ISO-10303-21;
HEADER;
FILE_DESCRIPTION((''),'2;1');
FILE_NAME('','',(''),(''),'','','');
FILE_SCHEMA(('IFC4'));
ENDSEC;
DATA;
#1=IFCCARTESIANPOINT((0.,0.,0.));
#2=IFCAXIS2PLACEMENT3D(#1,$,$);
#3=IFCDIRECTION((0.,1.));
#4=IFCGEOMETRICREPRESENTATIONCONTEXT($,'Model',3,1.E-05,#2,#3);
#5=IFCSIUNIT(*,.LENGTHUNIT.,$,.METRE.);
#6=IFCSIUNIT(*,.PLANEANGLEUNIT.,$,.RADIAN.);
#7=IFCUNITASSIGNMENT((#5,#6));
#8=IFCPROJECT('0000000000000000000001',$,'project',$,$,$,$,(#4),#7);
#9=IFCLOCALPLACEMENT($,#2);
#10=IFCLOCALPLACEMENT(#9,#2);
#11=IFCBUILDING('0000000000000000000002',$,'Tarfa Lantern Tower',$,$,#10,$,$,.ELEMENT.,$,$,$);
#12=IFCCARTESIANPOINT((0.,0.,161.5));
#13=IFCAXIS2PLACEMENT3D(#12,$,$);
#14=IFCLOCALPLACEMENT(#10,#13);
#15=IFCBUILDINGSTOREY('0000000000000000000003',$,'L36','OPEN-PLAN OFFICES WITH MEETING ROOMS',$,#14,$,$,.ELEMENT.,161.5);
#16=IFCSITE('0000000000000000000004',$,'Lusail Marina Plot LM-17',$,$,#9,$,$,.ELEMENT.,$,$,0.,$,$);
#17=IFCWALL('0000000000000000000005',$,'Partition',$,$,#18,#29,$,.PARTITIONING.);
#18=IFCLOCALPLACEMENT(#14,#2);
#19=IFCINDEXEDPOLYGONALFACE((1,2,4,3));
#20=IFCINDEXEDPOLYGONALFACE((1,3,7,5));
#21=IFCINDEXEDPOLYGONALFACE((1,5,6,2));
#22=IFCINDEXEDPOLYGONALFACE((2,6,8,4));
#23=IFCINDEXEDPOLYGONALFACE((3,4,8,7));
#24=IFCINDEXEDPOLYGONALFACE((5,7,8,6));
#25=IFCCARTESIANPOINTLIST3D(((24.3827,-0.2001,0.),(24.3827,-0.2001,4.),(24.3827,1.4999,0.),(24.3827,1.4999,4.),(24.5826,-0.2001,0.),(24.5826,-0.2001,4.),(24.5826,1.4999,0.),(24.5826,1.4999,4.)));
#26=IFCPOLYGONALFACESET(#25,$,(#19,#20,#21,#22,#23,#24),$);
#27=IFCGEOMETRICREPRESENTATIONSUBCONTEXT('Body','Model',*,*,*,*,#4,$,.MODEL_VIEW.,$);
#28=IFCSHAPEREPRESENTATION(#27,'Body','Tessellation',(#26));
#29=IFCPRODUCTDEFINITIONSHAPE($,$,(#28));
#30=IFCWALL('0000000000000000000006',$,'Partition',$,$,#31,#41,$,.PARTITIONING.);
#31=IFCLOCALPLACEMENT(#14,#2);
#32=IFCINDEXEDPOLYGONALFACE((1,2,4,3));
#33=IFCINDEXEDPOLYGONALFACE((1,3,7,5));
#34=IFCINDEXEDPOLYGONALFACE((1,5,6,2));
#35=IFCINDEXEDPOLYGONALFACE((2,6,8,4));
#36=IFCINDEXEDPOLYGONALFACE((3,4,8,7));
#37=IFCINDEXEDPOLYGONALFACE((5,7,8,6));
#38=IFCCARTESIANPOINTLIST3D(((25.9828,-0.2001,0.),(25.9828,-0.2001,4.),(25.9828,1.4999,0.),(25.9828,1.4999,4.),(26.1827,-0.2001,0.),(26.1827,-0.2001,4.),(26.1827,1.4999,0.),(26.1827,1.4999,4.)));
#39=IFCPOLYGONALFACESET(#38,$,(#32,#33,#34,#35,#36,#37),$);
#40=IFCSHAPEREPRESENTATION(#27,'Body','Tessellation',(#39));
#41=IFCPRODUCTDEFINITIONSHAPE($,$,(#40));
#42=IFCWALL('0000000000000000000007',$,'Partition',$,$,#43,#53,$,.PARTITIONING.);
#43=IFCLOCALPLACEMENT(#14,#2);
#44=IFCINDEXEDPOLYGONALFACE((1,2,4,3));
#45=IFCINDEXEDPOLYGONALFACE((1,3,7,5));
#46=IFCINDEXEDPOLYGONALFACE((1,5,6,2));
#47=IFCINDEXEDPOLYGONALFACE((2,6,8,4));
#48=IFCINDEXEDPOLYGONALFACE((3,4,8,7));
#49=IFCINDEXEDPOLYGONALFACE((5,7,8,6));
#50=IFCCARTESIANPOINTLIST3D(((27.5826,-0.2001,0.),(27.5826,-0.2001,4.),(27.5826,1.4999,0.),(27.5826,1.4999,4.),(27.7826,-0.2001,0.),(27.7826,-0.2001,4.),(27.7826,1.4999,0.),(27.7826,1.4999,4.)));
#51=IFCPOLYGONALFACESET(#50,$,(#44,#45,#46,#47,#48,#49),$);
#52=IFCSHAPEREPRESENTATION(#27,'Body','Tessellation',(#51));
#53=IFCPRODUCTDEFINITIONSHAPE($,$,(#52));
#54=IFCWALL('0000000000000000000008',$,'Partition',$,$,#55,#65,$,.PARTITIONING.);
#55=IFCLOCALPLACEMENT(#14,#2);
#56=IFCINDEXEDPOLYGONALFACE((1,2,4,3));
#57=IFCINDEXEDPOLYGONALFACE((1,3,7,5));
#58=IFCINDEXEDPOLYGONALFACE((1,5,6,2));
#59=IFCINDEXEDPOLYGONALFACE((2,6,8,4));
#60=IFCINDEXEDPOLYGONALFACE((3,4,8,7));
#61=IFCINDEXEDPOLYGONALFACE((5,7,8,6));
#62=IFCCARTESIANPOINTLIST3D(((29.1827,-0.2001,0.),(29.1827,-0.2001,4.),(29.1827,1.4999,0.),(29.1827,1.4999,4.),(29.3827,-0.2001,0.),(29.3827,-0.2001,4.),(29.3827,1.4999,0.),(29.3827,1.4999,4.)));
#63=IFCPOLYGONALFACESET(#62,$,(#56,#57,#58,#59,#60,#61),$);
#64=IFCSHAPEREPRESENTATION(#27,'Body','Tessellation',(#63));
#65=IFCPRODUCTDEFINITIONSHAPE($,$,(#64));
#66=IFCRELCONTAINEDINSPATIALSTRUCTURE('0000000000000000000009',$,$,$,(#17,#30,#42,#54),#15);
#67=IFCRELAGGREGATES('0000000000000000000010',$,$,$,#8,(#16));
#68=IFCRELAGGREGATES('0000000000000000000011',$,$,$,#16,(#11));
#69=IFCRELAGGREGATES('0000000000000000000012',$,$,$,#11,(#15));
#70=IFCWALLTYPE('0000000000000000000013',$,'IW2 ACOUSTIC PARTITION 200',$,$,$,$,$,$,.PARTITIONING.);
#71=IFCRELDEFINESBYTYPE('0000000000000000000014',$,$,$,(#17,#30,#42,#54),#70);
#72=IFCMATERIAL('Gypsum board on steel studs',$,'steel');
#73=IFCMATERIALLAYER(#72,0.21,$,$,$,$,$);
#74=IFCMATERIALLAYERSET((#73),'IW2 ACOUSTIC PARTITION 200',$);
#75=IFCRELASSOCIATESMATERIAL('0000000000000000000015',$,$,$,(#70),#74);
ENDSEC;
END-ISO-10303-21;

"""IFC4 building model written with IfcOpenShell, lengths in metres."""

from ifc_helpers import new_model, si_unit, direction, frame, frame_2d, origin, place, context, subcontext, project, spatial, rectangle, extrude, material, layer, layer_set, type_object, element, save


model = new_model("IFC4")

# Units and contexts
model_context = context("Model", 3, precision=1e-05, world=origin(), true_north=direction((0.0, 1.0)))
body_context = subcontext(model_context, "Body", "Model", "MODEL_VIEW")
ifc_project = project(units=[si_unit("LENGTHUNIT", "METRE"), si_unit("PLANEANGLEUNIT", "RADIAN")], contexts=[model_context])

# Site, building, storey
site_placement = place(None, origin())
site = spatial("IfcSite", under=ifc_project, at=site_placement, Name="Lusail Marina Plot LM-17", CompositionType="ELEMENT", RefElevation=0.0)
building_placement = place(site_placement, origin())
building = spatial("IfcBuilding", under=site, at=building_placement, Name="Tarfa Lantern Tower", CompositionType="ELEMENT")
storey_placement = place(building_placement, frame((0.0, 0.0, 161.5)))
storey = spatial("IfcBuildingStorey", under=building, at=storey_placement, Name="L36", Description="OPEN-PLAN OFFICES WITH MEETING ROOMS", CompositionType="ELEMENT", Elevation=161.5)

# Walls
ifc_material_1 = material(Name="Gypsum board on steel studs", Category="steel")
ifc_layer_1 = layer(ifc_material_1, 0.21)
ifc_layer_set_1 = layer_set([ifc_layer_1], Name="IW2 ACOUSTIC PARTITION 200")
wall_type = type_object("IfcWallType", Name="IW2 ACOUSTIC PARTITION 200", PredefinedType="PARTITIONING", material=ifc_layer_set_1)
for number, where, z_axis, x_axis, name in (
    (1, (24.4827, 1.5, 0.0), (0.0, 0.0, 1.0), (0.0, -1.0, 0.0), "Partition"),
    (2, (26.0828, 1.5, 0.0), (0.0, 0.0, 1.0), (0.0, -1.0, 0.0), "Partition"),
    (3, (27.6826, 1.5, 0.0), (0.0, 0.0, 1.0), (0.0, -1.0, 0.0), "Partition"),
    (4, (29.2827, 1.5, 0.0), (0.0, 0.0, 1.0), (0.0, -1.0, 0.0), "Partition"),
):
    element("IfcWall", number, at=place(storey_placement, frame(where, z_axis=z_axis, x_axis=x_axis)), inside=storey, type_object=wall_type, Name=name, PredefinedType="PARTITIONING", context=body_context, shape_type="SweptSolid", body=[
        extrude(rectangle(XDim=1.7, YDim=0.2, at=frame_2d((0.8501, 0.0))), origin(), (0.0, 0.0, 1.0), 4.0),
    ])

save(model, "model.ifc")
